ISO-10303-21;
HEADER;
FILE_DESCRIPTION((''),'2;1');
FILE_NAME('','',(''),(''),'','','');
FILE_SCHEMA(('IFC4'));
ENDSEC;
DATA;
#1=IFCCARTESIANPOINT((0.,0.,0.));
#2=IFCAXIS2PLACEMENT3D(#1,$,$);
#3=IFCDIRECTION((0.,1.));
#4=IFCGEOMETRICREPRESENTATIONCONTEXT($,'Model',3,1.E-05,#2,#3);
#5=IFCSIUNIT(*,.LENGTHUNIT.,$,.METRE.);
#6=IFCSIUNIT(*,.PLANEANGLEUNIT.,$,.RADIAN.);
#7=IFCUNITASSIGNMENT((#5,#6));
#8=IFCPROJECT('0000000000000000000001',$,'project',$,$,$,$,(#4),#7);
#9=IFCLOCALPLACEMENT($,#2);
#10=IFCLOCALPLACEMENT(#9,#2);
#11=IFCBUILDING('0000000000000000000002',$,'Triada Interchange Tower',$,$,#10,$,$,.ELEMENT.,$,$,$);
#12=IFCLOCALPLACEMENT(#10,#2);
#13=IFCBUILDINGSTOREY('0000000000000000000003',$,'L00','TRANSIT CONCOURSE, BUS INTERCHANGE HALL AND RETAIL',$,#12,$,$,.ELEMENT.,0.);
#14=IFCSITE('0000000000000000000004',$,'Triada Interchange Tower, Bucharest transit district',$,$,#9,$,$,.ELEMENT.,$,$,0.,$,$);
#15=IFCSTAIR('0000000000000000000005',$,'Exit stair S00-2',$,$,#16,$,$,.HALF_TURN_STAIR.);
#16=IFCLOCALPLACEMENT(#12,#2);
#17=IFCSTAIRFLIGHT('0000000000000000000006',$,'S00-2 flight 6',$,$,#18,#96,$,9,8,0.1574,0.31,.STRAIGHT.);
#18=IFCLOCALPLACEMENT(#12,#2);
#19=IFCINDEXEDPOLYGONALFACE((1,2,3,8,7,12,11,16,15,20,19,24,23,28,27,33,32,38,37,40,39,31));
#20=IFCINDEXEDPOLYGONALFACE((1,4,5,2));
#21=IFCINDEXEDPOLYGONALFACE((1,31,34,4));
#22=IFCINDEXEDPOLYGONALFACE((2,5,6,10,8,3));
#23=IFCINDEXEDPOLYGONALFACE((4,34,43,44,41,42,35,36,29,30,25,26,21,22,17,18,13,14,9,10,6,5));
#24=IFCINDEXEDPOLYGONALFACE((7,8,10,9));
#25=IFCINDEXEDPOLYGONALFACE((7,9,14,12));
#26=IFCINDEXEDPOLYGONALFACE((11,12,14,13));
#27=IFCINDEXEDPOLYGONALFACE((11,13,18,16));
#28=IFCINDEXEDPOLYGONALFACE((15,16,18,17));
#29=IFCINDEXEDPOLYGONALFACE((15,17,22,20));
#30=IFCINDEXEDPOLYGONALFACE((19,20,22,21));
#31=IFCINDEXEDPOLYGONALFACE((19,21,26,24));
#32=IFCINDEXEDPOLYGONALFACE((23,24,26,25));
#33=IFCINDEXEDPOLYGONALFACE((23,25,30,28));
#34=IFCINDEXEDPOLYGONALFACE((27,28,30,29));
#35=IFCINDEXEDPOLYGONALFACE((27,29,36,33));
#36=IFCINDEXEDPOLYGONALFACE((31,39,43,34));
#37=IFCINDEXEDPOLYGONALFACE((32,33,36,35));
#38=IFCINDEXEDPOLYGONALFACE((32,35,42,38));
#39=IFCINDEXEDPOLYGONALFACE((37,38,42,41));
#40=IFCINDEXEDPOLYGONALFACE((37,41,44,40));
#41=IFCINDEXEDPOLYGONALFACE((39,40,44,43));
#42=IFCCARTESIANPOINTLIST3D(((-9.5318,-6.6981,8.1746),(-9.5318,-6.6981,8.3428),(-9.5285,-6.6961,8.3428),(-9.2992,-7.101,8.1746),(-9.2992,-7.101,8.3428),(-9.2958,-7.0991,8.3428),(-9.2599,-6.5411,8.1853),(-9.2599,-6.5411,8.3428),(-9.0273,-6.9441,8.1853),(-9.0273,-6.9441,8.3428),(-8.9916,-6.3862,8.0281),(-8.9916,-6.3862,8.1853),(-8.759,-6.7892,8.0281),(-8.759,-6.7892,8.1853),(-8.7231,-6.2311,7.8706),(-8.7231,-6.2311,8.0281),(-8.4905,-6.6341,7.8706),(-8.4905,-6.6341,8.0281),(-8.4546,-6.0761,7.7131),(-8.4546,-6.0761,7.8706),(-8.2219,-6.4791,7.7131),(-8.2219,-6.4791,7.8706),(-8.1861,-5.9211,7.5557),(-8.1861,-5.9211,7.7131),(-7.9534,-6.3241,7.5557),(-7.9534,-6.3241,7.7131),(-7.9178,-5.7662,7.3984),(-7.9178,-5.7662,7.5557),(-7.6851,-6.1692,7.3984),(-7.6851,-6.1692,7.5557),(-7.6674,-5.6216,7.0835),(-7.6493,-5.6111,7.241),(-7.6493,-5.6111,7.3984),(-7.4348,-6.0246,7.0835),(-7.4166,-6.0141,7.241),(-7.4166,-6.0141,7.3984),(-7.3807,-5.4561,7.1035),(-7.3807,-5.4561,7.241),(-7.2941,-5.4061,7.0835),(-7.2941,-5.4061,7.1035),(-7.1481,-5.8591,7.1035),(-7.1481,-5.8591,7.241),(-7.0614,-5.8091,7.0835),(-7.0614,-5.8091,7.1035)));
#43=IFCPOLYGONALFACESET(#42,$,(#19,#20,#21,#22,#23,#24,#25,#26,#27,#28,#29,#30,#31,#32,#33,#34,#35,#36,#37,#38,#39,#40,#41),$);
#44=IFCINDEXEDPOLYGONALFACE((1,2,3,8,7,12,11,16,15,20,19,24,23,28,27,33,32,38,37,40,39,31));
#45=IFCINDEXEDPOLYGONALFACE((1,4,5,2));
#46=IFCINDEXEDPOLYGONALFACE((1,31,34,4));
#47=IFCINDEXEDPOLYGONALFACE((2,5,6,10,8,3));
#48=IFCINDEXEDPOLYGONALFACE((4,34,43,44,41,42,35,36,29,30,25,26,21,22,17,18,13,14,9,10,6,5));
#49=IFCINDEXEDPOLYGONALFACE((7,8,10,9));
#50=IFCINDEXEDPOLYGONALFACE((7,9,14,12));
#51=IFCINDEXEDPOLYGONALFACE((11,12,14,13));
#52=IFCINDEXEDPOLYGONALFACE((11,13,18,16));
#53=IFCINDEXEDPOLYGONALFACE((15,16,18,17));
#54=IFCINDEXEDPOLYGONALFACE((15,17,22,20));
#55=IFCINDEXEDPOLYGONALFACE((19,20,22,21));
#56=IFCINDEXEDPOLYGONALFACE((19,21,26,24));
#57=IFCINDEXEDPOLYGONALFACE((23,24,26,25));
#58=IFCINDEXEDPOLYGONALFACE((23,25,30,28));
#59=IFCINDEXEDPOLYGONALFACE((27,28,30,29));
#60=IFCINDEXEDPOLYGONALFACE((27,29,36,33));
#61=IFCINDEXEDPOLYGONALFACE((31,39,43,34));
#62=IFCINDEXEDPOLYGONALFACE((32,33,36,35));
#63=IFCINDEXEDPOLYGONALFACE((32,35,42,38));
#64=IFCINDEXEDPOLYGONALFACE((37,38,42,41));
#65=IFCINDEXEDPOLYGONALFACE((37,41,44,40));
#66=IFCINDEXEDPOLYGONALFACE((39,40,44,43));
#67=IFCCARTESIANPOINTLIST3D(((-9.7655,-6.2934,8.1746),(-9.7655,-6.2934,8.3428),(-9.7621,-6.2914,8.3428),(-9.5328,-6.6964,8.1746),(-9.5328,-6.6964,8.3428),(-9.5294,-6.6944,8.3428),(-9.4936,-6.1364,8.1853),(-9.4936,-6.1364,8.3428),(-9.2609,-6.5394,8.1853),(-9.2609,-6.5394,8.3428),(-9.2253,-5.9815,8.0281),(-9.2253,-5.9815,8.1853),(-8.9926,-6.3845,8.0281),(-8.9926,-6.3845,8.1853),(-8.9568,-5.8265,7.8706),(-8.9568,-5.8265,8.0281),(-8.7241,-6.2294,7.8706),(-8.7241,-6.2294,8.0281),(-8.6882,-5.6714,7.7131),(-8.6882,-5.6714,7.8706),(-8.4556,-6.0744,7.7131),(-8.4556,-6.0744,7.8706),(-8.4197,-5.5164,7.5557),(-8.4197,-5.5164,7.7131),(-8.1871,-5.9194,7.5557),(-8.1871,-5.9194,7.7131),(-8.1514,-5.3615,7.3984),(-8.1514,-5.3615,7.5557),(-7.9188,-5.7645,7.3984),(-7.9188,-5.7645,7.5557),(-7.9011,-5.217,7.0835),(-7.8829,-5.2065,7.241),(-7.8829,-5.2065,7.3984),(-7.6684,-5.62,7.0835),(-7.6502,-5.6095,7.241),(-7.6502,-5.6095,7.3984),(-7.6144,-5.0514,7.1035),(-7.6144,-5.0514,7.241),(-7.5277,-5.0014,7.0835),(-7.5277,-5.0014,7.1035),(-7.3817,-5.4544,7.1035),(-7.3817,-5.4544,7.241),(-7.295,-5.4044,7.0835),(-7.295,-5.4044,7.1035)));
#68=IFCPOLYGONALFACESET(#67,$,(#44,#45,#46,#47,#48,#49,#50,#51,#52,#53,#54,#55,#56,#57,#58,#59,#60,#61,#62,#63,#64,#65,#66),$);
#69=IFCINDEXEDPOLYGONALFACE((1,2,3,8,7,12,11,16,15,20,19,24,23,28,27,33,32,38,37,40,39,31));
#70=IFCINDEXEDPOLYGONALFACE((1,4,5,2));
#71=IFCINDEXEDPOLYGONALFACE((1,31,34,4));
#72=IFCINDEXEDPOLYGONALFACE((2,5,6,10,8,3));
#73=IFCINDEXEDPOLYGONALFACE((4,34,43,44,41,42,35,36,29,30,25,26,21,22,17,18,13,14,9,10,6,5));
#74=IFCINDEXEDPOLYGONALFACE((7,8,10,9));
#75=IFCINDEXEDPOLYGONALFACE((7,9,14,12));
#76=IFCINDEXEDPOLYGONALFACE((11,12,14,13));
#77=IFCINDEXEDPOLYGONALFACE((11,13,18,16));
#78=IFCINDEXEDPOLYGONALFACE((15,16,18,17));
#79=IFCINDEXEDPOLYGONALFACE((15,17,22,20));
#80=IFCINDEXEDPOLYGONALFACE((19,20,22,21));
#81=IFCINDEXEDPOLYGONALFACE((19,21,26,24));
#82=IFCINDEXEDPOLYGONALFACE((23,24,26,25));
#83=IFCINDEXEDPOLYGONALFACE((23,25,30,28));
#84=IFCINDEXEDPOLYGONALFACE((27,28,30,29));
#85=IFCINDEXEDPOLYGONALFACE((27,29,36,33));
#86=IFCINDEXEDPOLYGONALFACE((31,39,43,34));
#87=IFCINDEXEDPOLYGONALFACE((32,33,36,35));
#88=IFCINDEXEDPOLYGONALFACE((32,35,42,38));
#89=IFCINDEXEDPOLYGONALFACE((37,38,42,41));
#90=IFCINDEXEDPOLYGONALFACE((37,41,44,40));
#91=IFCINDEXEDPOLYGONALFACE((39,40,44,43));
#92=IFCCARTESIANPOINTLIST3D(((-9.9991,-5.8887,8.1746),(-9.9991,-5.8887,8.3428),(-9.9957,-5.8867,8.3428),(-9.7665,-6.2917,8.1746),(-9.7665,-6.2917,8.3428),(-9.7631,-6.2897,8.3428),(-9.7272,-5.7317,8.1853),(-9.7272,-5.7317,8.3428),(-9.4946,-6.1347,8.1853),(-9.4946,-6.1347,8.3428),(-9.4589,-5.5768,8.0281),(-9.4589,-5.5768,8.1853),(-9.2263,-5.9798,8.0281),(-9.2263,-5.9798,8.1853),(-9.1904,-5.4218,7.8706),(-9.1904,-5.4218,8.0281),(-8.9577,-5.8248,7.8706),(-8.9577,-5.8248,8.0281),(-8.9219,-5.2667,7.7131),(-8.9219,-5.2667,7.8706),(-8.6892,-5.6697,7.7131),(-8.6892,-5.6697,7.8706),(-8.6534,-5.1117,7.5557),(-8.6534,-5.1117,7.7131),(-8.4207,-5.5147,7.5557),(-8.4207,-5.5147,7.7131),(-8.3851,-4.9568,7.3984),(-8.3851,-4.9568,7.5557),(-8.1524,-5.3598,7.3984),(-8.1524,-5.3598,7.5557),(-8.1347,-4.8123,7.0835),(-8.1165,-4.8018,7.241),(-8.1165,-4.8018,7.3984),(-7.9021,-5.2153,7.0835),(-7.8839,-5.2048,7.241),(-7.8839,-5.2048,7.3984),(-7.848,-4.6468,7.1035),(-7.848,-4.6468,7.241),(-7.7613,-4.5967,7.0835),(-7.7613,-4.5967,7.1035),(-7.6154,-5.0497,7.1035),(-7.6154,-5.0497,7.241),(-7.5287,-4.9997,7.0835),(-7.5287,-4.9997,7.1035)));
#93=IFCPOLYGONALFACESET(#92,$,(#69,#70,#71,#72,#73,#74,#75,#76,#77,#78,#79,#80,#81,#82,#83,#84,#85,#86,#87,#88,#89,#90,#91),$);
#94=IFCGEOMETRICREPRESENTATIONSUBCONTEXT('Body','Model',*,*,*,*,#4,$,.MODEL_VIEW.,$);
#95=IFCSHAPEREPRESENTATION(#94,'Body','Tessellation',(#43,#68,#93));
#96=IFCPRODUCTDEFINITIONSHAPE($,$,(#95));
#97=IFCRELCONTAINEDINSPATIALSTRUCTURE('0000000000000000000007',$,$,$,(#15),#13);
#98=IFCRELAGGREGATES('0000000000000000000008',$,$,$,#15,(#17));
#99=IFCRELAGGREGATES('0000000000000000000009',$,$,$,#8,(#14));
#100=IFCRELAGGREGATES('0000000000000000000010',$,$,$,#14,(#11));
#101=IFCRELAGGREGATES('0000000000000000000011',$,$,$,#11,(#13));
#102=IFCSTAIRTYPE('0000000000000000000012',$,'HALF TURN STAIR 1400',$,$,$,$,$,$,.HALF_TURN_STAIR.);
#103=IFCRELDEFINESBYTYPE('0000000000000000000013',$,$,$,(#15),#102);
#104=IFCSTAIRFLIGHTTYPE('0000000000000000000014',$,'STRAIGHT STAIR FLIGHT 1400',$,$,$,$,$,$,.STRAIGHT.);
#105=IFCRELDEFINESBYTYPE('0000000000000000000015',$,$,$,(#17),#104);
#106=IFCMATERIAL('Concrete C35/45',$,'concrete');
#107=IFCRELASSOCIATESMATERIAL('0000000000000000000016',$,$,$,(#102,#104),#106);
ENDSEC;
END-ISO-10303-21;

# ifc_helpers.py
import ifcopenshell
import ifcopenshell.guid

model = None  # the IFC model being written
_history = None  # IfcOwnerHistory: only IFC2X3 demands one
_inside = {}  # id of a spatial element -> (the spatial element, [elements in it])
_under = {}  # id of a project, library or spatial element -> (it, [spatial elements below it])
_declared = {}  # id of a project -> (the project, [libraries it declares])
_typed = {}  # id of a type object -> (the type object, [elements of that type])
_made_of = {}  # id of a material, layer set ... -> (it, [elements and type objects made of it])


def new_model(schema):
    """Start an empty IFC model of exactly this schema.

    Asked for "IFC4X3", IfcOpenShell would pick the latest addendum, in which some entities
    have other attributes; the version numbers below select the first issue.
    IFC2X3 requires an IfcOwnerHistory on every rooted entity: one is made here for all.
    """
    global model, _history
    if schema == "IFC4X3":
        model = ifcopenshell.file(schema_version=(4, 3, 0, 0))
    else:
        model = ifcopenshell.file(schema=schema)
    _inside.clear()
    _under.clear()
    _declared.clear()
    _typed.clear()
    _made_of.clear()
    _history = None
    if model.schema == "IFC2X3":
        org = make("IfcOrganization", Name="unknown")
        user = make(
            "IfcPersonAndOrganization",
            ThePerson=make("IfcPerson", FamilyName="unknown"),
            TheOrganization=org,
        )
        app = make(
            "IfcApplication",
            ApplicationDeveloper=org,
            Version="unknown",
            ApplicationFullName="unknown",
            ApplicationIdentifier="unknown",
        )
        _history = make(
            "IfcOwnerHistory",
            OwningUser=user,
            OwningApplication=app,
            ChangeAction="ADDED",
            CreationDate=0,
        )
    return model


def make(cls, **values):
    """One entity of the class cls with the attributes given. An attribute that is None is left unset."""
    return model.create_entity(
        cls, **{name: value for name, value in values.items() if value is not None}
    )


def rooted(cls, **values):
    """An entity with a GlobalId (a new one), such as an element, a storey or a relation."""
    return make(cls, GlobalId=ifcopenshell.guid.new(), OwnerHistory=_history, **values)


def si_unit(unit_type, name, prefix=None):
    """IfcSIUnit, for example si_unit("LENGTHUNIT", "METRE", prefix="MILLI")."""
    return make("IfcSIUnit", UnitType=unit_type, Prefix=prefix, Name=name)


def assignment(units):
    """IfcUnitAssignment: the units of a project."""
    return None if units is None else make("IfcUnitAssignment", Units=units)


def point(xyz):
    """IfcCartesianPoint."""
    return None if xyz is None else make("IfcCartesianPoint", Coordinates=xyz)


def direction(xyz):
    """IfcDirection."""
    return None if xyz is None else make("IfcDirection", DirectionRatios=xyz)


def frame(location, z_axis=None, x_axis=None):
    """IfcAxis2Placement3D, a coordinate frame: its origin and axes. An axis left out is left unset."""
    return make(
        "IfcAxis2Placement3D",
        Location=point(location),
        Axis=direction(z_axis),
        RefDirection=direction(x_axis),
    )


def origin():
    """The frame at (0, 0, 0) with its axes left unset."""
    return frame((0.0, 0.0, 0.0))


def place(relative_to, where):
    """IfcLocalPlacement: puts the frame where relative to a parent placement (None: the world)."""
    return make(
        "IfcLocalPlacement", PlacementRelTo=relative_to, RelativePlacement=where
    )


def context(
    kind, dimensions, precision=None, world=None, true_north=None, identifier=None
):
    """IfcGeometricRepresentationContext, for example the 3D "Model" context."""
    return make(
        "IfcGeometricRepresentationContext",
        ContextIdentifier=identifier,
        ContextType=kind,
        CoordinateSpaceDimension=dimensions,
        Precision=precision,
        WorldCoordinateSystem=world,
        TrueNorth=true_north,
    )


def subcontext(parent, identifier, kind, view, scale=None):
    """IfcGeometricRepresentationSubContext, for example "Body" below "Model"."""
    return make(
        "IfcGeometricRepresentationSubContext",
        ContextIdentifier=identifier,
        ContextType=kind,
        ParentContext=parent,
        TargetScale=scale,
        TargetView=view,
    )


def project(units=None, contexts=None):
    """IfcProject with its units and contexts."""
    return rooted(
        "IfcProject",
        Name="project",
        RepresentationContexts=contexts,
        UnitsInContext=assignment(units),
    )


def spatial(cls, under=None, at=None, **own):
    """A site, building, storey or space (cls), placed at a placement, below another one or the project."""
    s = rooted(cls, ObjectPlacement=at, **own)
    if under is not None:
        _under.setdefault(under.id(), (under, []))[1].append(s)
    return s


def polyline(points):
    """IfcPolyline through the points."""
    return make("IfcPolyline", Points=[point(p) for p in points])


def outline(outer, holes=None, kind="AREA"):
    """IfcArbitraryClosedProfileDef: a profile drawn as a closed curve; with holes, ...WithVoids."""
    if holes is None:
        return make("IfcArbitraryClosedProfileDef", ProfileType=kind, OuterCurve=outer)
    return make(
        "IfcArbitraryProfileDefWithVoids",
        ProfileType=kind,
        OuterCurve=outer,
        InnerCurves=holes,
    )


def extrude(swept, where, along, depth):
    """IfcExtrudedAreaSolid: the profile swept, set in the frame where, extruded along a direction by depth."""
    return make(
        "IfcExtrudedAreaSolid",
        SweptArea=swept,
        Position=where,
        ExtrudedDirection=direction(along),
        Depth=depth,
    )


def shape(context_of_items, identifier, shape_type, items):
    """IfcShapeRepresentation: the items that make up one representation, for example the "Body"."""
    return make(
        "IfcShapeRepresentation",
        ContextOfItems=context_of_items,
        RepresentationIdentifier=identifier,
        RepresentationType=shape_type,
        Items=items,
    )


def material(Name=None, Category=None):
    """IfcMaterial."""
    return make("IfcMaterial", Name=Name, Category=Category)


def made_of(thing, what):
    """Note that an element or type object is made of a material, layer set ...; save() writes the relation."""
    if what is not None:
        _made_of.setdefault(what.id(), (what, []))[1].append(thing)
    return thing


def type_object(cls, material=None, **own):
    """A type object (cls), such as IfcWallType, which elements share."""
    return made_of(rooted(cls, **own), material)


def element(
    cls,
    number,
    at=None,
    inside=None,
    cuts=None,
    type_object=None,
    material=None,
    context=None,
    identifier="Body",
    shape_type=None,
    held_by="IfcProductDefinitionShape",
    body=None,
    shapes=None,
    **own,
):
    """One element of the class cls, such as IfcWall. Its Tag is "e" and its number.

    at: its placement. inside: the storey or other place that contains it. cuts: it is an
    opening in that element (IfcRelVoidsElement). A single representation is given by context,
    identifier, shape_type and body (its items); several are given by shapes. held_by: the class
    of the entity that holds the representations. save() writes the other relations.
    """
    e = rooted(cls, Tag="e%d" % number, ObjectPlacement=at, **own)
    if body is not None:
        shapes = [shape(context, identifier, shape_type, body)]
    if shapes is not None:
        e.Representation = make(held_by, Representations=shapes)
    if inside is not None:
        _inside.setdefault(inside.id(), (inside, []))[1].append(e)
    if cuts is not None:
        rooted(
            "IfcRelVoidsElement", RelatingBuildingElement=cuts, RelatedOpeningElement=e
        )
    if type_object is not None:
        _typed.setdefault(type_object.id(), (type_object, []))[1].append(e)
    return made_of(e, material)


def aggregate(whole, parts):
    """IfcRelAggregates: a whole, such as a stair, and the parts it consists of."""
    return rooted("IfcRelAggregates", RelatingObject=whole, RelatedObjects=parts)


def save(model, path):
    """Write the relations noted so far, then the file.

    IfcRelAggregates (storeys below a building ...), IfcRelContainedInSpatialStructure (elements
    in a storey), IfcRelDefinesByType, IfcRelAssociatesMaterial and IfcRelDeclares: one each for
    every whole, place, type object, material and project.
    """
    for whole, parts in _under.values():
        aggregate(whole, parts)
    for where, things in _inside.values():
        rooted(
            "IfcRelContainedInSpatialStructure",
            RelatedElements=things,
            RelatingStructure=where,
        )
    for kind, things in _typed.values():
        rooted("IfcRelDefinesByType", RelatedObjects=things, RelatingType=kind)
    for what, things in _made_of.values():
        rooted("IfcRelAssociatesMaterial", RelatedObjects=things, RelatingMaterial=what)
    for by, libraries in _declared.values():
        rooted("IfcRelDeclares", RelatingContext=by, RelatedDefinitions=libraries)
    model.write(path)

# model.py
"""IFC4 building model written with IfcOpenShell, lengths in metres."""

from ifc_helpers import new_model, si_unit, direction, frame, origin, place, context, subcontext, project, spatial, polyline, outline, extrude, material, type_object, element, aggregate, save


model = new_model("IFC4")

# Units and contexts
model_context = context("Model", 3, precision=1e-05, world=origin(), true_north=direction((0.0, 1.0)))
body_context = subcontext(model_context, "Body", "Model", "MODEL_VIEW")
ifc_project = project(units=[si_unit("LENGTHUNIT", "METRE"), si_unit("PLANEANGLEUNIT", "RADIAN")], contexts=[model_context])

# Site, building, storey
site_placement = place(None, origin())
site = spatial("IfcSite", under=ifc_project, at=site_placement, Name="Triada Interchange Tower, Bucharest transit district", CompositionType="ELEMENT", RefElevation=0.0)
building_placement = place(site_placement, origin())
building = spatial("IfcBuilding", under=site, at=building_placement, Name="Triada Interchange Tower", CompositionType="ELEMENT")
storey_placement = place(building_placement, origin())
storey = spatial("IfcBuildingStorey", under=building, at=storey_placement, Name="L00", Description="TRANSIT CONCOURSE, BUS INTERCHANGE HALL AND RETAIL", CompositionType="ELEMENT", Elevation=0.0)

# Shared definitions
ifc_material_1 = material(Name="Concrete C35/45", Category="concrete")

# Stair, stair flight
stair_type = type_object("IfcStairType", Name="HALF TURN STAIR 1400", PredefinedType="HALF_TURN_STAIR", material=ifc_material_1)
stair_placement = place(storey_placement, origin())
stair = element("IfcStair", 1, at=stair_placement, inside=storey, type_object=stair_type, Name="Exit stair S00-2", PredefinedType="HALF_TURN_STAIR")
stair_flight_type = type_object("IfcStairFlightType", Name="STRAIGHT STAIR FLIGHT 1400", PredefinedType="STRAIGHT", material=ifc_material_1)
stair_flight_1_placement = place(storey_placement, frame((-7.498, -5.2529, 7.0835), z_axis=(0.0, 0.0, 1.0), x_axis=(-0.866025, -0.5, 0.0)))
stair_flight_1 = element("IfcStairFlight", 2, at=stair_flight_1_placement, type_object=stair_flight_type, Name="S00-2 flight 6", NumberOfRisers=9, NumberOfTreads=8, PredefinedType="STRAIGHT", RiserHeight=0.1574, TreadLength=0.31, context=body_context, shape_type="SweptSolid", body=[
    extrude(outline(polyline([(-0.1001, 0.0), (-0.1001, 0.02), (0.0, 0.02), (0.0, 0.1575), (0.3101, 0.1575), (0.3101, 0.3149), (0.6201, 0.3149), (0.6201, 0.4722), (0.9299, 0.4722), (0.9299, 0.6296), (1.24, 0.6296), (1.24, 0.7871), (1.55, 0.7871), (1.55, 0.9446), (1.8601, 0.9446), (1.8601, 1.1018), (2.1699, 1.1018), (2.1699, 1.2593), (2.48, 1.2593), (2.4839, 1.2593), (2.4839, 1.4167), (2.4839, 1.0911), (0.3311, 0.0), (-0.1001, 0.0)])), frame((0.0, 0.7, 0.0), z_axis=(0.0, -1.0, 0.0), x_axis=(1.0, 0.0, 0.0)), (0.0, 0.0, 1.0), 0.4653),
    extrude(outline(polyline([(-0.1001, 0.0), (-0.1001, 0.02), (0.0, 0.02), (0.0, 0.1575), (0.3101, 0.1575), (0.3101, 0.3149), (0.6201, 0.3149), (0.6201, 0.4722), (0.9299, 0.4722), (0.9299, 0.6296), (1.24, 0.6296), (1.24, 0.7871), (1.55, 0.7871), (1.55, 0.9446), (1.8601, 0.9446), (1.8601, 1.1018), (2.1699, 1.1018), (2.1699, 1.2593), (2.48, 1.2593), (2.4839, 1.2593), (2.4839, 1.4167), (2.4839, 1.0911), (0.3311, 0.0), (-0.1001, 0.0)])), frame((0.0, 0.2327, 0.0), z_axis=(0.0, -1.0, 0.0), x_axis=(1.0, 0.0, 0.0)), (0.0, 0.0, 1.0), 0.4653),
    extrude(outline(polyline([(-0.1001, 0.0), (-0.1001, 0.02), (0.0, 0.02), (0.0, 0.1575), (0.3101, 0.1575), (0.3101, 0.3149), (0.6201, 0.3149), (0.6201, 0.4722), (0.9299, 0.4722), (0.9299, 0.6296), (1.24, 0.6296), (1.24, 0.7871), (1.55, 0.7871), (1.55, 0.9446), (1.8601, 0.9446), (1.8601, 1.1018), (2.1699, 1.1018), (2.1699, 1.2593), (2.48, 1.2593), (2.4839, 1.2593), (2.4839, 1.4167), (2.4839, 1.0911), (0.3311, 0.0), (-0.1001, 0.0)])), frame((0.0, -0.2346, 0.0), z_axis=(0.0, -1.0, 0.0), x_axis=(1.0, 0.0, 0.0)), (0.0, 0.0, 1.0), 0.4653),
])
aggregate(stair, [stair_flight_1])

save(model, "model.ifc")
